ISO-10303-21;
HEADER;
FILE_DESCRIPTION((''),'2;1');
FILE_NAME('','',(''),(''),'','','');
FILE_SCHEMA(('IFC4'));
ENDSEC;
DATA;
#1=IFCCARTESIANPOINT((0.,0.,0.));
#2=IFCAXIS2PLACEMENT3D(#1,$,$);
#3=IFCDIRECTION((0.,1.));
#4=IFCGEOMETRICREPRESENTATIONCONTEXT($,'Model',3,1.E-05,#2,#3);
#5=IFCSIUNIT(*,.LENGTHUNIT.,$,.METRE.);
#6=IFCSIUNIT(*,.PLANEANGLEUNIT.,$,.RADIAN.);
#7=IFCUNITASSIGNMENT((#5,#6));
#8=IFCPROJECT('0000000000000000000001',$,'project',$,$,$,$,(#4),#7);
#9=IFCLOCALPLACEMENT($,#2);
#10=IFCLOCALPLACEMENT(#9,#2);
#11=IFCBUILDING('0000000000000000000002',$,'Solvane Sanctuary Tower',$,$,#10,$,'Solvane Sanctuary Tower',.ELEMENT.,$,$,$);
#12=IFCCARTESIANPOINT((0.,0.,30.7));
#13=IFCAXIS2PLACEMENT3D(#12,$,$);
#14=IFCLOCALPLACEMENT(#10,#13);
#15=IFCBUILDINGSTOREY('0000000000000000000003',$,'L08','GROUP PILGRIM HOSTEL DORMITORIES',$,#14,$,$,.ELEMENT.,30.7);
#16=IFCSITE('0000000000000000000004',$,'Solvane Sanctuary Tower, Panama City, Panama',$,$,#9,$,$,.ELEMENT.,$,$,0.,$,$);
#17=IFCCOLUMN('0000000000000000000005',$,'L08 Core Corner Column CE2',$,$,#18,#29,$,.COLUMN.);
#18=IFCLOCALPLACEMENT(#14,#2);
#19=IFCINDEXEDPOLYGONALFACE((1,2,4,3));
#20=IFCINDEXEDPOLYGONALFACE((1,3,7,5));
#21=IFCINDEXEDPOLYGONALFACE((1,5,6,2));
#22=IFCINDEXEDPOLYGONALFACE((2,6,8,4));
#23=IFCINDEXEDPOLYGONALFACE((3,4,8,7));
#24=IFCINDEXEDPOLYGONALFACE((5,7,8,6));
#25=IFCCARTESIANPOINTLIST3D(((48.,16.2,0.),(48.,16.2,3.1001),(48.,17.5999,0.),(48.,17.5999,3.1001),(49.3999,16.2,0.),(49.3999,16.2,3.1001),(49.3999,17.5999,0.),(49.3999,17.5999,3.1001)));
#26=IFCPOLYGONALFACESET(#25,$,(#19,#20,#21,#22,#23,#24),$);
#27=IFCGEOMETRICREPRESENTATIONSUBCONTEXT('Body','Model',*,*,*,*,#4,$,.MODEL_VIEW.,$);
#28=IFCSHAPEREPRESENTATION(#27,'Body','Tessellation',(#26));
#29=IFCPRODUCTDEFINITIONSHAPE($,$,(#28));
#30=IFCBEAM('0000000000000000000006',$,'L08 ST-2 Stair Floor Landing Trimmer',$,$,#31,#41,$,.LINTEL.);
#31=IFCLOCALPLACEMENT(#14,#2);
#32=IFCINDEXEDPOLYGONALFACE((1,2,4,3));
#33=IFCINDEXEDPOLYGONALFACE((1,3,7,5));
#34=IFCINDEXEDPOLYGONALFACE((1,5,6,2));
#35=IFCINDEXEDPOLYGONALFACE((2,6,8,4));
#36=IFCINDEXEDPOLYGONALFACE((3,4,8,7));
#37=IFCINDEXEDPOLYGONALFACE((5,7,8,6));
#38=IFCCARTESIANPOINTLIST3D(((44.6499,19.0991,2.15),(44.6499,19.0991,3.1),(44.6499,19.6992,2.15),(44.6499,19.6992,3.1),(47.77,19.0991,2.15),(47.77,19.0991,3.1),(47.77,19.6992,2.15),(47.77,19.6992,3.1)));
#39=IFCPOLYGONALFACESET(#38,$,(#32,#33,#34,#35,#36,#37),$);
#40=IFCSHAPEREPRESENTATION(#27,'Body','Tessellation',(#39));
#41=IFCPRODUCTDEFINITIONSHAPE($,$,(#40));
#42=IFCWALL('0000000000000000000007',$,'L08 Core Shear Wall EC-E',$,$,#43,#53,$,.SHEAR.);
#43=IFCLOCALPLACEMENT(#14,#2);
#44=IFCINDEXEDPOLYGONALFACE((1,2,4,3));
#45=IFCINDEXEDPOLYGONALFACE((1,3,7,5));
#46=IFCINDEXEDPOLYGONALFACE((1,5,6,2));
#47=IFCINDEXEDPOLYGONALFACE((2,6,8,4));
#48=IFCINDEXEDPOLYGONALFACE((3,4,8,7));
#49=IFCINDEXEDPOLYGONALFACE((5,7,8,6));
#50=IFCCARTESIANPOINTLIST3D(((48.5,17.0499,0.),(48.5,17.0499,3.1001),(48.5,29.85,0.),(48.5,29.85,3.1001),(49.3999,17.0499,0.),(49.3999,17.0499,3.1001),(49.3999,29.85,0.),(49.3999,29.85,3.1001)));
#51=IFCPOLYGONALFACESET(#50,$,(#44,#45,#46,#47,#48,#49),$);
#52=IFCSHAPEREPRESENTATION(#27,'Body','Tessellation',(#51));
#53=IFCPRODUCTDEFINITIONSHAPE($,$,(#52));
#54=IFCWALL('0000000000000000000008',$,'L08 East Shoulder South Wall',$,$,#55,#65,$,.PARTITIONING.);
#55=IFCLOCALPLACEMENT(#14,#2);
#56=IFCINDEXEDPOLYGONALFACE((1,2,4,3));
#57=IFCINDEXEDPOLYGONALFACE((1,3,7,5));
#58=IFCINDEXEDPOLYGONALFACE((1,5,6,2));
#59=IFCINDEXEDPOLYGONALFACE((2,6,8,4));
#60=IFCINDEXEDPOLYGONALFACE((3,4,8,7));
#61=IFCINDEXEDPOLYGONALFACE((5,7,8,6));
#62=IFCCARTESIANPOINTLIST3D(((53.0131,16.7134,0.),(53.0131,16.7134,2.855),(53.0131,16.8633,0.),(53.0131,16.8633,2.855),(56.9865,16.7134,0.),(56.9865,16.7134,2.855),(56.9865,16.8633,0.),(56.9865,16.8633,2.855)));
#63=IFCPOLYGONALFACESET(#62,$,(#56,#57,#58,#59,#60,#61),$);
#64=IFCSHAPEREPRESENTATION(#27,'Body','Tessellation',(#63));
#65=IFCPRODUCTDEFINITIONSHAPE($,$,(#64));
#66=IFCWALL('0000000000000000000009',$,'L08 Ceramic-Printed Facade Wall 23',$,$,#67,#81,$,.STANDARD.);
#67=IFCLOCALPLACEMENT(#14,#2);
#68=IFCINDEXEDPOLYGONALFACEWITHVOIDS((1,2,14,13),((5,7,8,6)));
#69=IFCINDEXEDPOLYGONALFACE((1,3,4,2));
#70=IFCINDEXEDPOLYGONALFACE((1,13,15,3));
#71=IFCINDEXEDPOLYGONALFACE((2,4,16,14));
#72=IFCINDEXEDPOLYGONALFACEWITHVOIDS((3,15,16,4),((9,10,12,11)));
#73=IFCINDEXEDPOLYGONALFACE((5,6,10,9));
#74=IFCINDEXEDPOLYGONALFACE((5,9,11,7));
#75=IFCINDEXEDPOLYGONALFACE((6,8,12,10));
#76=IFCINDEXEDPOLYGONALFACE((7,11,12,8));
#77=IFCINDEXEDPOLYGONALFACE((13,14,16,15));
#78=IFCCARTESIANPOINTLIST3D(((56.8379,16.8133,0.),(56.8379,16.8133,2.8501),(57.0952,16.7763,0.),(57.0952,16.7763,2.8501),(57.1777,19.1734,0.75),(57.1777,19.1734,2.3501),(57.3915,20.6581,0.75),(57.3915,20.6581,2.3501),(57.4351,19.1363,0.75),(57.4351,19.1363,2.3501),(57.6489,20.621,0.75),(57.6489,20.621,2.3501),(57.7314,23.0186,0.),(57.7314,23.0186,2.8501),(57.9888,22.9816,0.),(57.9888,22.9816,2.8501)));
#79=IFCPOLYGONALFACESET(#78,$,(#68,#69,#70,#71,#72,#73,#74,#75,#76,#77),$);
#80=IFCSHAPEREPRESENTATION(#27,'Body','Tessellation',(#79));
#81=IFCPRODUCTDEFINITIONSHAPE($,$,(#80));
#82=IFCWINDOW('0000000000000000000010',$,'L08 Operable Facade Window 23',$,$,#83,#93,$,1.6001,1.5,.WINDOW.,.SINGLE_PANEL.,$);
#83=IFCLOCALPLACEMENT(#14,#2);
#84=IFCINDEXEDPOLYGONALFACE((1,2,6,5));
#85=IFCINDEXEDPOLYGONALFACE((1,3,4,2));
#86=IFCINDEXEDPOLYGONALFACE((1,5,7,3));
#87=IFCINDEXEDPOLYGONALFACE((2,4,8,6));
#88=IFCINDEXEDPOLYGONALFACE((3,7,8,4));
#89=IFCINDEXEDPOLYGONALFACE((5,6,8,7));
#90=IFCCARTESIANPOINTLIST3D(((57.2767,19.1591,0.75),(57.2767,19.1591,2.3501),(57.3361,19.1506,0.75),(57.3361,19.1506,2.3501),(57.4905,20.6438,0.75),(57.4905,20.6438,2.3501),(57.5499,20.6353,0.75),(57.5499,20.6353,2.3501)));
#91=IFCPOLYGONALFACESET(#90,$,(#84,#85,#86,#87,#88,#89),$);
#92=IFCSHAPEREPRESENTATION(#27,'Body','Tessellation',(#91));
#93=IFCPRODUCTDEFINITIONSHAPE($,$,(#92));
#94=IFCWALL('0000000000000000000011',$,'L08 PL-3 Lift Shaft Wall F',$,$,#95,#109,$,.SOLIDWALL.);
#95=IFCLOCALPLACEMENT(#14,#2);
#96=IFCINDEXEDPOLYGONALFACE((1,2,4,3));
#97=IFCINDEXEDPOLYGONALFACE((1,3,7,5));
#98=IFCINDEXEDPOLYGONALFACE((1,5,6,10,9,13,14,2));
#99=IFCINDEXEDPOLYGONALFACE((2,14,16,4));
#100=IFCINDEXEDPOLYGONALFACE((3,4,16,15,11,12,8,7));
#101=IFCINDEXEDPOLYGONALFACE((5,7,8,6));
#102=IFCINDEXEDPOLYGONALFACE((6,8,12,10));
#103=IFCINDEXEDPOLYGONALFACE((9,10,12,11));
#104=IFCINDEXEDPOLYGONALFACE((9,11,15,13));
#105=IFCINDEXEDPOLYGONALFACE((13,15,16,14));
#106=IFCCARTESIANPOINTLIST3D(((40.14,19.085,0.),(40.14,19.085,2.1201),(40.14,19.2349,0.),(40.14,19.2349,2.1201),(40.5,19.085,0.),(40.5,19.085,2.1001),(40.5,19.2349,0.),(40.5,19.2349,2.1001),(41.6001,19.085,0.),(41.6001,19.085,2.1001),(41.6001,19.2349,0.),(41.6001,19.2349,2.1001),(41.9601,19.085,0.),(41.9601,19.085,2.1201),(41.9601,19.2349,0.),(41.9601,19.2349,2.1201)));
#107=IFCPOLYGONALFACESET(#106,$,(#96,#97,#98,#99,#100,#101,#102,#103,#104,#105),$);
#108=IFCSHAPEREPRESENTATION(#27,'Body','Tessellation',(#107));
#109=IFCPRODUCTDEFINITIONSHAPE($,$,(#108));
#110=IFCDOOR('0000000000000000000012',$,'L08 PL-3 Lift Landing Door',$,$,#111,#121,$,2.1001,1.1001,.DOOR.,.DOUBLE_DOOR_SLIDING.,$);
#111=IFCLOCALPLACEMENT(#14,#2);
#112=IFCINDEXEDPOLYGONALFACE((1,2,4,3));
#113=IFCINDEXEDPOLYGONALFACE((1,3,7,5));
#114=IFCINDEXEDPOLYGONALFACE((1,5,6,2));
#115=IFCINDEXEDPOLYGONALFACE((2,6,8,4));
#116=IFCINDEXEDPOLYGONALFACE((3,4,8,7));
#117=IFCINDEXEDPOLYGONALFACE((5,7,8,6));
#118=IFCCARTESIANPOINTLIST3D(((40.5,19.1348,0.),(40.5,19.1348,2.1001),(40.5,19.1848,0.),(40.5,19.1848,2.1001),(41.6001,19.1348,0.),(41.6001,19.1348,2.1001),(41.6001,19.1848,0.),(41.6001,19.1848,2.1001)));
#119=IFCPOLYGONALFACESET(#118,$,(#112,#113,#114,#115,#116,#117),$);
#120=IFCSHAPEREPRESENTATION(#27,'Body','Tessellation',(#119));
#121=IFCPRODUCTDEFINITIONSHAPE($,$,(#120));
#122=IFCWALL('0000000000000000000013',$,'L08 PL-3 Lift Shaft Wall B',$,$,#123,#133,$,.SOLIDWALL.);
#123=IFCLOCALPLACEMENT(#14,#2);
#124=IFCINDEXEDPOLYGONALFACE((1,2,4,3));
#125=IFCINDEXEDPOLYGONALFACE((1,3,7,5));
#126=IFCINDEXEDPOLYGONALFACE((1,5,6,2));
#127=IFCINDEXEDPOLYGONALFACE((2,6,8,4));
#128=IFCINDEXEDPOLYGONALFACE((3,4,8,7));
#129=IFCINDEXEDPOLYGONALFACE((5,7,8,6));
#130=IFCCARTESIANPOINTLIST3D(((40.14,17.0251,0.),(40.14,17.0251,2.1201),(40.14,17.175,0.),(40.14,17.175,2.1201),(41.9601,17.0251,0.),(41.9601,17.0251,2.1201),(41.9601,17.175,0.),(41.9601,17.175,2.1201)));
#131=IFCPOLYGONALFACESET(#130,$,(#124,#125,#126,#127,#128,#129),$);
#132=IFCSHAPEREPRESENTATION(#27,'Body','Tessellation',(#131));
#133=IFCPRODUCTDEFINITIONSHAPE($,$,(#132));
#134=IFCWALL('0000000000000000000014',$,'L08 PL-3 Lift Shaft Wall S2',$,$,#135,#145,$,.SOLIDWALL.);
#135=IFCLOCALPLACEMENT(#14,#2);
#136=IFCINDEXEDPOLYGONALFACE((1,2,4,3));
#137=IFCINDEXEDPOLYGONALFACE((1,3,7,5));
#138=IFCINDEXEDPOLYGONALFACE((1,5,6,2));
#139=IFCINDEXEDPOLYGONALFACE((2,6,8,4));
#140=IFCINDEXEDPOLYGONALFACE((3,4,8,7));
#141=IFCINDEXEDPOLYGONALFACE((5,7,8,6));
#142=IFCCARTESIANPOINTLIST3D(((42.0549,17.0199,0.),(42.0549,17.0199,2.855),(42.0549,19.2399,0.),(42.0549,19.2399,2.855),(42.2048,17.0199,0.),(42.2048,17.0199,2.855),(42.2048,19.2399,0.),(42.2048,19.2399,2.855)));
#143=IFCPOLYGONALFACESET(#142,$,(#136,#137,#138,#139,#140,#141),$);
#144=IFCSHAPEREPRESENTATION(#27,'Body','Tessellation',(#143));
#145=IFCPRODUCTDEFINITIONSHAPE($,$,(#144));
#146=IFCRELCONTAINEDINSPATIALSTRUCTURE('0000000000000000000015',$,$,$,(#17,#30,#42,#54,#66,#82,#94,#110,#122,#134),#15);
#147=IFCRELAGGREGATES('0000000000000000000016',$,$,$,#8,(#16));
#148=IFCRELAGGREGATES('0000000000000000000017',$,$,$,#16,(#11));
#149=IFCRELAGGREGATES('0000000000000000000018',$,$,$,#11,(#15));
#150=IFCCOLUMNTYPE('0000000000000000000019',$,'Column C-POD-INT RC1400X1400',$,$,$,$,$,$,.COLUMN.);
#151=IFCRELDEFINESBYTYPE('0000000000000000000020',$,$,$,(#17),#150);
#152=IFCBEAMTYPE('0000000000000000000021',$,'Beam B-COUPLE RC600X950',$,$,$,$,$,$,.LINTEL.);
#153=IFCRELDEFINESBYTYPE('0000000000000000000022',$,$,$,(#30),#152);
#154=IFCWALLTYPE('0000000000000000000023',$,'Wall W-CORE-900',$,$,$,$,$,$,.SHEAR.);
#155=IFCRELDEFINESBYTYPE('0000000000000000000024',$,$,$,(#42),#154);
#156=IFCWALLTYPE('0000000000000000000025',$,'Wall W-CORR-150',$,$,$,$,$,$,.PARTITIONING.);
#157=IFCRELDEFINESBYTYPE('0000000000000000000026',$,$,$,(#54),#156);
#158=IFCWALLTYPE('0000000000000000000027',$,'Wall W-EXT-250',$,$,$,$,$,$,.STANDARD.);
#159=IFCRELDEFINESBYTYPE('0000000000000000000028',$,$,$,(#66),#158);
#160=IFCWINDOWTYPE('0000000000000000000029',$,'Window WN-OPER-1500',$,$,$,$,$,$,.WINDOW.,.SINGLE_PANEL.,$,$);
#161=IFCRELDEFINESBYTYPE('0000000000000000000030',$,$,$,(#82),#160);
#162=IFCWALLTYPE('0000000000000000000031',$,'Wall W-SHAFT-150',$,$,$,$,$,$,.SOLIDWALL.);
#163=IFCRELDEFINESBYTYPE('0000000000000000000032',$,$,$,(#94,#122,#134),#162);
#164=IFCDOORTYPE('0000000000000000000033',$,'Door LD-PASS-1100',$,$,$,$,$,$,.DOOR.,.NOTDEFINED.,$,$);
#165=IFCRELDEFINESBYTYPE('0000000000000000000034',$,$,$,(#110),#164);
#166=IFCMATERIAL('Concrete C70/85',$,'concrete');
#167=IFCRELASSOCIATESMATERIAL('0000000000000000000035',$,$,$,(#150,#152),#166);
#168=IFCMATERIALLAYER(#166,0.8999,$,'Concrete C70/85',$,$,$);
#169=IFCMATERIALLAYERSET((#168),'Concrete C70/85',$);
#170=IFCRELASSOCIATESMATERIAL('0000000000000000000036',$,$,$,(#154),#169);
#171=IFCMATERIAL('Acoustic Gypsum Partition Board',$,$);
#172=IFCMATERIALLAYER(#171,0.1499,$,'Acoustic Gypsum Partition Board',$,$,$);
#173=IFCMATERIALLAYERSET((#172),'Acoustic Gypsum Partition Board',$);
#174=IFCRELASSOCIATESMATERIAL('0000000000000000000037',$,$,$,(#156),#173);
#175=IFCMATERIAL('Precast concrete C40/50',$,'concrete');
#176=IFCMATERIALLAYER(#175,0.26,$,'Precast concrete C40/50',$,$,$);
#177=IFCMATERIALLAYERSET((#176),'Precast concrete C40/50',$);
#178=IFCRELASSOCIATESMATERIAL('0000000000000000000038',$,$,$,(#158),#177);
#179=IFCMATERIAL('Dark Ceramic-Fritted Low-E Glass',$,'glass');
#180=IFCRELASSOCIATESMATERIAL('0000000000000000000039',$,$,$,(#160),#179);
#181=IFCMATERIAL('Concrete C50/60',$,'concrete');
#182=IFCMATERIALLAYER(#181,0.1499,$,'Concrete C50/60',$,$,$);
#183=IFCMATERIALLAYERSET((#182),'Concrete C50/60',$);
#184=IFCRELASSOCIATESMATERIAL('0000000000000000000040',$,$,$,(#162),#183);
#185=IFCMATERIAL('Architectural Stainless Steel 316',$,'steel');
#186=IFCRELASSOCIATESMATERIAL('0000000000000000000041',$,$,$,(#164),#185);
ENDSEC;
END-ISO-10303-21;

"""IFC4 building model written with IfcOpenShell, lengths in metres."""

from ifc_helpers import new_model, si_unit, direction, frame, frame_2d, origin, origin_2d, place, context, subcontext, project, spatial, rectangle, extrude, material, layer, layer_set, material_profile, profile_set, type_object, element, fill, save


model = new_model("IFC4")

# Units and contexts
model_context = context("Model", 3, precision=1e-05, world=origin(), true_north=direction((0.0, 1.0)))
body_context = subcontext(model_context, "Body", "Model", "MODEL_VIEW")
ifc_project = project(units=[si_unit("LENGTHUNIT", "METRE"), si_unit("PLANEANGLEUNIT", "RADIAN")], contexts=[model_context])

# Site, building, storey
site_placement = place(None, origin())
site = spatial("IfcSite", under=ifc_project, at=site_placement, Name="Solvane Sanctuary Tower, Panama City, Panama", CompositionType="ELEMENT", RefElevation=0.0)
building_placement = place(site_placement, origin())
building = spatial("IfcBuilding", under=site, at=building_placement, Name="Solvane Sanctuary Tower", LongName="Solvane Sanctuary Tower", CompositionType="ELEMENT")
storey_placement = place(building_placement, frame((0.0, 0.0, 30.7)))
storey = spatial("IfcBuildingStorey", under=building, at=storey_placement, Name="L08", Description="GROUP PILGRIM HOSTEL DORMITORIES", CompositionType="ELEMENT", Elevation=30.7)

# Column
ifc_material_1 = material(Name="Concrete C70/85", Category="concrete")
ifc_material_profile_1 = material_profile(ifc_material_1, rectangle(XDim=1.3999, YDim=1.3999, at=origin_2d()), Name="RC1400X1400")
ifc_profile_set_1 = profile_set([ifc_material_profile_1], Name="Concrete C70/85")
column_type = type_object("IfcColumnType", Name="Column C-POD-INT RC1400X1400", PredefinedType="COLUMN", material=ifc_profile_set_1)
column_placement = place(storey_placement, frame((48.7, 16.8999, 0.0), z_axis=(0.0, 0.0, 1.0), x_axis=(1.0, 0.0, 0.0)))
element("IfcColumn", 1, at=column_placement, inside=storey, type_object=column_type, Name="L08 Core Corner Column CE2", PredefinedType="COLUMN", context=body_context, shape_type="SweptSolid", body=[
    extrude(rectangle(XDim=1.3999, YDim=1.3999, at=origin_2d()), origin(), (0.0, 0.0, 1.0), 3.1001),
])

# Beam
ifc_material_profile_2 = material_profile(ifc_material_1, rectangle(XDim=0.6001, YDim=0.95, at=origin_2d()), Name="RC600X950")
ifc_profile_set_2 = profile_set([ifc_material_profile_2], Name="Concrete C70/85")
beam_type = type_object("IfcBeamType", Name="Beam B-COUPLE RC600X950", PredefinedType="LINTEL", material=ifc_profile_set_2)
beam_placement = place(storey_placement, frame((44.6499, 19.3992, 2.625), z_axis=(1.0, 0.0, 0.0), x_axis=(0.0, 1.0, 0.0)))
element("IfcBeam", 2, at=beam_placement, inside=storey, type_object=beam_type, Name="L08 ST-2 Stair Floor Landing Trimmer", PredefinedType="LINTEL", context=body_context, shape_type="SweptSolid", body=[
    extrude(rectangle(XDim=0.6001, YDim=0.95, at=origin_2d()), origin(), (0.0, 0.0, 1.0), 3.1201),
])

# Walls
ifc_layer_1 = layer(ifc_material_1, 0.8999, Name="Concrete C70/85")
ifc_layer_set_1 = layer_set([ifc_layer_1], Name="Concrete C70/85")
wall_type_1 = type_object("IfcWallType", Name="Wall W-CORE-900", PredefinedType="SHEAR", material=ifc_layer_set_1)
wall_1_placement = place(storey_placement, frame((48.95, 17.05, 0.0), z_axis=(0.0, 0.0, 1.0), x_axis=(0.0, 1.0, 0.0)))
element("IfcWall", 3, at=wall_1_placement, inside=storey, type_object=wall_type_1, Name="L08 Core Shear Wall EC-E", PredefinedType="SHEAR", context=body_context, shape_type="SweptSolid", body=[
    extrude(rectangle(XDim=12.8, YDim=0.8999, at=frame_2d((6.3999, 0.0))), origin(), (0.0, 0.0, 1.0), 3.1001),
])
ifc_material_2 = material(Name="Acoustic Gypsum Partition Board")
ifc_layer_2 = layer(ifc_material_2, 0.1499, Name="Acoustic Gypsum Partition Board")
ifc_layer_set_2 = layer_set([ifc_layer_2], Name="Acoustic Gypsum Partition Board")
wall_type_2 = type_object("IfcWallType", Name="Wall W-CORR-150", PredefinedType="PARTITIONING", material=ifc_layer_set_2)
wall_2_placement = place(storey_placement, frame((53.0129, 16.7883, 0.0), z_axis=(0.0, 0.0, 1.0), x_axis=(1.0, 0.0, 0.0)))
element("IfcWall", 4, at=wall_2_placement, inside=storey, type_object=wall_type_2, Name="L08 East Shoulder South Wall", PredefinedType="PARTITIONING", context=body_context, shape_type="SweptSolid", body=[
    extrude(rectangle(XDim=3.9734, YDim=0.1499, at=frame_2d((1.9868, 0.0))), origin(), (0.0, 0.0, 1.0), 2.855),
])

# Wall, opening, window
ifc_material_3 = material(Name="Precast concrete C40/50", Category="concrete")
ifc_layer_3 = layer(ifc_material_3, 0.26, Name="Precast concrete C40/50")
ifc_layer_set_3 = layer_set([ifc_layer_3], Name="Precast concrete C40/50")
wall_type_3 = type_object("IfcWallType", Name="Wall W-EXT-250", PredefinedType="STANDARD", material=ifc_layer_set_3)
wall_3_placement = place(storey_placement, frame((56.9666, 16.7947, 0.0), z_axis=(0.0, 0.0, 1.0), x_axis=(0.142528, 0.989791, 0.0)))
wall_3 = element("IfcWall", 5, at=wall_3_placement, inside=storey, type_object=wall_type_3, Name="L08 Ceramic-Printed Facade Wall 23", PredefinedType="STANDARD", context=body_context, shape_type="SweptSolid", body=[
    extrude(rectangle(XDim=6.2693, YDim=0.26, at=frame_2d((3.1348, 0.0))), origin(), (0.0, 0.0, 1.0), 2.8501),
])
opening_1_placement = place(wall_3_placement, frame((2.3845, 0.0, 0.75)))
opening_1 = element("IfcOpeningElement", 6, at=opening_1_placement, cuts=wall_3, PredefinedType="OPENING", context=body_context, shape_type="SweptSolid", body=[
    extrude(rectangle(XDim=1.5, YDim=1.6001, at=frame_2d((0.75, 0.8))), frame((0.0, 0.1399, 0.0), z_axis=(0.0, -1.0, 0.0), x_axis=(1.0, 0.0, 0.0)), (0.0, 0.0, 1.0), 0.28),
])
ifc_material_4 = material(Name="Dark Ceramic-Fritted Low-E Glass", Category="glass")
window_type = type_object("IfcWindowType", Name="Window WN-OPER-1500", PartitioningType="SINGLE_PANEL", PredefinedType="WINDOW", material=ifc_material_4)
window_placement = place(opening_1_placement, origin())
window = element("IfcWindow", 7, at=window_placement, inside=storey, type_object=window_type, Name="L08 Operable Facade Window 23", OverallHeight=1.6001, OverallWidth=1.5, PartitioningType="SINGLE_PANEL", PredefinedType="WINDOW", context=body_context, shape_type="SweptSolid", body=[
    extrude(rectangle(XDim=1.5, YDim=1.6001, at=frame_2d((0.75, 0.8))), frame((0.0, 0.03, 0.0), z_axis=(0.0, -1.0, 0.0), x_axis=(1.0, 0.0, 0.0)), (0.0, 0.0, 1.0), 0.0601),
])
fill(opening_1, window)

# Wall, opening, door
ifc_material_5 = material(Name="Concrete C50/60", Category="concrete")
ifc_layer_4 = layer(ifc_material_5, 0.1499, Name="Concrete C50/60")
ifc_layer_set_4 = layer_set([ifc_layer_4], Name="Concrete C50/60")
wall_type_4 = type_object("IfcWallType", Name="Wall W-SHAFT-150", PredefinedType="SOLIDWALL", material=ifc_layer_set_4)
wall_4_placement = place(storey_placement, frame((40.1399, 19.1599, 0.0), z_axis=(0.0, 0.0, 1.0), x_axis=(1.0, 0.0, 0.0)))
wall_4 = element("IfcWall", 8, at=wall_4_placement, inside=storey, type_object=wall_type_4, Name="L08 PL-3 Lift Shaft Wall F", PredefinedType="SOLIDWALL", context=body_context, shape_type="SweptSolid", body=[
    extrude(rectangle(XDim=1.8201, YDim=0.1499, at=frame_2d((0.9102, 0.0))), origin(), (0.0, 0.0, 1.0), 2.1201),
])
opening_2_placement = place(wall_4_placement, frame((0.3601, 0.0, 0.0)))
opening_2 = element("IfcOpeningElement", 9, at=opening_2_placement, cuts=wall_4, PredefinedType="OPENING", context=body_context, shape_type="SweptSolid", body=[
    extrude(rectangle(XDim=1.1001, YDim=2.1001, at=frame_2d((0.55, 1.05))), frame((0.0, 0.085, 0.0), z_axis=(0.0, -1.0, 0.0), x_axis=(1.0, 0.0, 0.0)), (0.0, 0.0, 1.0), 0.1699),
])
ifc_material_6 = material(Name="Architectural Stainless Steel 316", Category="steel")
door_type_1 = type_object("IfcDoorType", Name="Door LD-PASS-1100", OperationType="NOTDEFINED", PredefinedType="DOOR", material=ifc_material_6)
door_1_placement = place(opening_2_placement, origin())
door_1 = element("IfcDoor", 10, at=door_1_placement, inside=storey, type_object=door_type_1, Name="L08 PL-3 Lift Landing Door", OperationType="DOUBLE_DOOR_SLIDING", OverallHeight=2.1001, OverallWidth=1.1001, PredefinedType="DOOR", context=body_context, shape_type="SweptSolid", body=[
    extrude(rectangle(XDim=1.1001, YDim=2.1001, at=frame_2d((0.55, 1.05))), frame((0.0, 0.0249, 0.0), z_axis=(0.0, -1.0, 0.0), x_axis=(1.0, 0.0, 0.0)), (0.0, 0.0, 1.0), 0.05),
])
fill(opening_2, door_1)

# Walls
wall_5_placement = place(storey_placement, frame((40.1399, 17.1001, 0.0), z_axis=(0.0, 0.0, 1.0), x_axis=(1.0, 0.0, 0.0)))
element("IfcWall", 11, at=wall_5_placement, inside=storey, type_object=wall_type_4, Name="L08 PL-3 Lift Shaft Wall B", PredefinedType="SOLIDWALL", context=body_context, shape_type="SweptSolid", body=[
    extrude(rectangle(XDim=1.8201, YDim=0.1499, at=frame_2d((0.9102, 0.0))), origin(), (0.0, 0.0, 1.0), 2.1201),
])
wall_6_placement = place(storey_placement, frame((42.1299, 17.02, 0.0), z_axis=(0.0, 0.0, 1.0), x_axis=(0.0, 1.0, 0.0)))
element("IfcWall", 12, at=wall_6_placement, inside=storey, type_object=wall_type_4, Name="L08 PL-3 Lift Shaft Wall S2", PredefinedType="SOLIDWALL", context=body_context, shape_type="SweptSolid", body=[
    extrude(rectangle(XDim=2.22, YDim=0.1499, at=frame_2d((1.1099, 0.0))), origin(), (0.0, 0.0, 1.0), 2.855),
])

save(model, "model.ifc")
